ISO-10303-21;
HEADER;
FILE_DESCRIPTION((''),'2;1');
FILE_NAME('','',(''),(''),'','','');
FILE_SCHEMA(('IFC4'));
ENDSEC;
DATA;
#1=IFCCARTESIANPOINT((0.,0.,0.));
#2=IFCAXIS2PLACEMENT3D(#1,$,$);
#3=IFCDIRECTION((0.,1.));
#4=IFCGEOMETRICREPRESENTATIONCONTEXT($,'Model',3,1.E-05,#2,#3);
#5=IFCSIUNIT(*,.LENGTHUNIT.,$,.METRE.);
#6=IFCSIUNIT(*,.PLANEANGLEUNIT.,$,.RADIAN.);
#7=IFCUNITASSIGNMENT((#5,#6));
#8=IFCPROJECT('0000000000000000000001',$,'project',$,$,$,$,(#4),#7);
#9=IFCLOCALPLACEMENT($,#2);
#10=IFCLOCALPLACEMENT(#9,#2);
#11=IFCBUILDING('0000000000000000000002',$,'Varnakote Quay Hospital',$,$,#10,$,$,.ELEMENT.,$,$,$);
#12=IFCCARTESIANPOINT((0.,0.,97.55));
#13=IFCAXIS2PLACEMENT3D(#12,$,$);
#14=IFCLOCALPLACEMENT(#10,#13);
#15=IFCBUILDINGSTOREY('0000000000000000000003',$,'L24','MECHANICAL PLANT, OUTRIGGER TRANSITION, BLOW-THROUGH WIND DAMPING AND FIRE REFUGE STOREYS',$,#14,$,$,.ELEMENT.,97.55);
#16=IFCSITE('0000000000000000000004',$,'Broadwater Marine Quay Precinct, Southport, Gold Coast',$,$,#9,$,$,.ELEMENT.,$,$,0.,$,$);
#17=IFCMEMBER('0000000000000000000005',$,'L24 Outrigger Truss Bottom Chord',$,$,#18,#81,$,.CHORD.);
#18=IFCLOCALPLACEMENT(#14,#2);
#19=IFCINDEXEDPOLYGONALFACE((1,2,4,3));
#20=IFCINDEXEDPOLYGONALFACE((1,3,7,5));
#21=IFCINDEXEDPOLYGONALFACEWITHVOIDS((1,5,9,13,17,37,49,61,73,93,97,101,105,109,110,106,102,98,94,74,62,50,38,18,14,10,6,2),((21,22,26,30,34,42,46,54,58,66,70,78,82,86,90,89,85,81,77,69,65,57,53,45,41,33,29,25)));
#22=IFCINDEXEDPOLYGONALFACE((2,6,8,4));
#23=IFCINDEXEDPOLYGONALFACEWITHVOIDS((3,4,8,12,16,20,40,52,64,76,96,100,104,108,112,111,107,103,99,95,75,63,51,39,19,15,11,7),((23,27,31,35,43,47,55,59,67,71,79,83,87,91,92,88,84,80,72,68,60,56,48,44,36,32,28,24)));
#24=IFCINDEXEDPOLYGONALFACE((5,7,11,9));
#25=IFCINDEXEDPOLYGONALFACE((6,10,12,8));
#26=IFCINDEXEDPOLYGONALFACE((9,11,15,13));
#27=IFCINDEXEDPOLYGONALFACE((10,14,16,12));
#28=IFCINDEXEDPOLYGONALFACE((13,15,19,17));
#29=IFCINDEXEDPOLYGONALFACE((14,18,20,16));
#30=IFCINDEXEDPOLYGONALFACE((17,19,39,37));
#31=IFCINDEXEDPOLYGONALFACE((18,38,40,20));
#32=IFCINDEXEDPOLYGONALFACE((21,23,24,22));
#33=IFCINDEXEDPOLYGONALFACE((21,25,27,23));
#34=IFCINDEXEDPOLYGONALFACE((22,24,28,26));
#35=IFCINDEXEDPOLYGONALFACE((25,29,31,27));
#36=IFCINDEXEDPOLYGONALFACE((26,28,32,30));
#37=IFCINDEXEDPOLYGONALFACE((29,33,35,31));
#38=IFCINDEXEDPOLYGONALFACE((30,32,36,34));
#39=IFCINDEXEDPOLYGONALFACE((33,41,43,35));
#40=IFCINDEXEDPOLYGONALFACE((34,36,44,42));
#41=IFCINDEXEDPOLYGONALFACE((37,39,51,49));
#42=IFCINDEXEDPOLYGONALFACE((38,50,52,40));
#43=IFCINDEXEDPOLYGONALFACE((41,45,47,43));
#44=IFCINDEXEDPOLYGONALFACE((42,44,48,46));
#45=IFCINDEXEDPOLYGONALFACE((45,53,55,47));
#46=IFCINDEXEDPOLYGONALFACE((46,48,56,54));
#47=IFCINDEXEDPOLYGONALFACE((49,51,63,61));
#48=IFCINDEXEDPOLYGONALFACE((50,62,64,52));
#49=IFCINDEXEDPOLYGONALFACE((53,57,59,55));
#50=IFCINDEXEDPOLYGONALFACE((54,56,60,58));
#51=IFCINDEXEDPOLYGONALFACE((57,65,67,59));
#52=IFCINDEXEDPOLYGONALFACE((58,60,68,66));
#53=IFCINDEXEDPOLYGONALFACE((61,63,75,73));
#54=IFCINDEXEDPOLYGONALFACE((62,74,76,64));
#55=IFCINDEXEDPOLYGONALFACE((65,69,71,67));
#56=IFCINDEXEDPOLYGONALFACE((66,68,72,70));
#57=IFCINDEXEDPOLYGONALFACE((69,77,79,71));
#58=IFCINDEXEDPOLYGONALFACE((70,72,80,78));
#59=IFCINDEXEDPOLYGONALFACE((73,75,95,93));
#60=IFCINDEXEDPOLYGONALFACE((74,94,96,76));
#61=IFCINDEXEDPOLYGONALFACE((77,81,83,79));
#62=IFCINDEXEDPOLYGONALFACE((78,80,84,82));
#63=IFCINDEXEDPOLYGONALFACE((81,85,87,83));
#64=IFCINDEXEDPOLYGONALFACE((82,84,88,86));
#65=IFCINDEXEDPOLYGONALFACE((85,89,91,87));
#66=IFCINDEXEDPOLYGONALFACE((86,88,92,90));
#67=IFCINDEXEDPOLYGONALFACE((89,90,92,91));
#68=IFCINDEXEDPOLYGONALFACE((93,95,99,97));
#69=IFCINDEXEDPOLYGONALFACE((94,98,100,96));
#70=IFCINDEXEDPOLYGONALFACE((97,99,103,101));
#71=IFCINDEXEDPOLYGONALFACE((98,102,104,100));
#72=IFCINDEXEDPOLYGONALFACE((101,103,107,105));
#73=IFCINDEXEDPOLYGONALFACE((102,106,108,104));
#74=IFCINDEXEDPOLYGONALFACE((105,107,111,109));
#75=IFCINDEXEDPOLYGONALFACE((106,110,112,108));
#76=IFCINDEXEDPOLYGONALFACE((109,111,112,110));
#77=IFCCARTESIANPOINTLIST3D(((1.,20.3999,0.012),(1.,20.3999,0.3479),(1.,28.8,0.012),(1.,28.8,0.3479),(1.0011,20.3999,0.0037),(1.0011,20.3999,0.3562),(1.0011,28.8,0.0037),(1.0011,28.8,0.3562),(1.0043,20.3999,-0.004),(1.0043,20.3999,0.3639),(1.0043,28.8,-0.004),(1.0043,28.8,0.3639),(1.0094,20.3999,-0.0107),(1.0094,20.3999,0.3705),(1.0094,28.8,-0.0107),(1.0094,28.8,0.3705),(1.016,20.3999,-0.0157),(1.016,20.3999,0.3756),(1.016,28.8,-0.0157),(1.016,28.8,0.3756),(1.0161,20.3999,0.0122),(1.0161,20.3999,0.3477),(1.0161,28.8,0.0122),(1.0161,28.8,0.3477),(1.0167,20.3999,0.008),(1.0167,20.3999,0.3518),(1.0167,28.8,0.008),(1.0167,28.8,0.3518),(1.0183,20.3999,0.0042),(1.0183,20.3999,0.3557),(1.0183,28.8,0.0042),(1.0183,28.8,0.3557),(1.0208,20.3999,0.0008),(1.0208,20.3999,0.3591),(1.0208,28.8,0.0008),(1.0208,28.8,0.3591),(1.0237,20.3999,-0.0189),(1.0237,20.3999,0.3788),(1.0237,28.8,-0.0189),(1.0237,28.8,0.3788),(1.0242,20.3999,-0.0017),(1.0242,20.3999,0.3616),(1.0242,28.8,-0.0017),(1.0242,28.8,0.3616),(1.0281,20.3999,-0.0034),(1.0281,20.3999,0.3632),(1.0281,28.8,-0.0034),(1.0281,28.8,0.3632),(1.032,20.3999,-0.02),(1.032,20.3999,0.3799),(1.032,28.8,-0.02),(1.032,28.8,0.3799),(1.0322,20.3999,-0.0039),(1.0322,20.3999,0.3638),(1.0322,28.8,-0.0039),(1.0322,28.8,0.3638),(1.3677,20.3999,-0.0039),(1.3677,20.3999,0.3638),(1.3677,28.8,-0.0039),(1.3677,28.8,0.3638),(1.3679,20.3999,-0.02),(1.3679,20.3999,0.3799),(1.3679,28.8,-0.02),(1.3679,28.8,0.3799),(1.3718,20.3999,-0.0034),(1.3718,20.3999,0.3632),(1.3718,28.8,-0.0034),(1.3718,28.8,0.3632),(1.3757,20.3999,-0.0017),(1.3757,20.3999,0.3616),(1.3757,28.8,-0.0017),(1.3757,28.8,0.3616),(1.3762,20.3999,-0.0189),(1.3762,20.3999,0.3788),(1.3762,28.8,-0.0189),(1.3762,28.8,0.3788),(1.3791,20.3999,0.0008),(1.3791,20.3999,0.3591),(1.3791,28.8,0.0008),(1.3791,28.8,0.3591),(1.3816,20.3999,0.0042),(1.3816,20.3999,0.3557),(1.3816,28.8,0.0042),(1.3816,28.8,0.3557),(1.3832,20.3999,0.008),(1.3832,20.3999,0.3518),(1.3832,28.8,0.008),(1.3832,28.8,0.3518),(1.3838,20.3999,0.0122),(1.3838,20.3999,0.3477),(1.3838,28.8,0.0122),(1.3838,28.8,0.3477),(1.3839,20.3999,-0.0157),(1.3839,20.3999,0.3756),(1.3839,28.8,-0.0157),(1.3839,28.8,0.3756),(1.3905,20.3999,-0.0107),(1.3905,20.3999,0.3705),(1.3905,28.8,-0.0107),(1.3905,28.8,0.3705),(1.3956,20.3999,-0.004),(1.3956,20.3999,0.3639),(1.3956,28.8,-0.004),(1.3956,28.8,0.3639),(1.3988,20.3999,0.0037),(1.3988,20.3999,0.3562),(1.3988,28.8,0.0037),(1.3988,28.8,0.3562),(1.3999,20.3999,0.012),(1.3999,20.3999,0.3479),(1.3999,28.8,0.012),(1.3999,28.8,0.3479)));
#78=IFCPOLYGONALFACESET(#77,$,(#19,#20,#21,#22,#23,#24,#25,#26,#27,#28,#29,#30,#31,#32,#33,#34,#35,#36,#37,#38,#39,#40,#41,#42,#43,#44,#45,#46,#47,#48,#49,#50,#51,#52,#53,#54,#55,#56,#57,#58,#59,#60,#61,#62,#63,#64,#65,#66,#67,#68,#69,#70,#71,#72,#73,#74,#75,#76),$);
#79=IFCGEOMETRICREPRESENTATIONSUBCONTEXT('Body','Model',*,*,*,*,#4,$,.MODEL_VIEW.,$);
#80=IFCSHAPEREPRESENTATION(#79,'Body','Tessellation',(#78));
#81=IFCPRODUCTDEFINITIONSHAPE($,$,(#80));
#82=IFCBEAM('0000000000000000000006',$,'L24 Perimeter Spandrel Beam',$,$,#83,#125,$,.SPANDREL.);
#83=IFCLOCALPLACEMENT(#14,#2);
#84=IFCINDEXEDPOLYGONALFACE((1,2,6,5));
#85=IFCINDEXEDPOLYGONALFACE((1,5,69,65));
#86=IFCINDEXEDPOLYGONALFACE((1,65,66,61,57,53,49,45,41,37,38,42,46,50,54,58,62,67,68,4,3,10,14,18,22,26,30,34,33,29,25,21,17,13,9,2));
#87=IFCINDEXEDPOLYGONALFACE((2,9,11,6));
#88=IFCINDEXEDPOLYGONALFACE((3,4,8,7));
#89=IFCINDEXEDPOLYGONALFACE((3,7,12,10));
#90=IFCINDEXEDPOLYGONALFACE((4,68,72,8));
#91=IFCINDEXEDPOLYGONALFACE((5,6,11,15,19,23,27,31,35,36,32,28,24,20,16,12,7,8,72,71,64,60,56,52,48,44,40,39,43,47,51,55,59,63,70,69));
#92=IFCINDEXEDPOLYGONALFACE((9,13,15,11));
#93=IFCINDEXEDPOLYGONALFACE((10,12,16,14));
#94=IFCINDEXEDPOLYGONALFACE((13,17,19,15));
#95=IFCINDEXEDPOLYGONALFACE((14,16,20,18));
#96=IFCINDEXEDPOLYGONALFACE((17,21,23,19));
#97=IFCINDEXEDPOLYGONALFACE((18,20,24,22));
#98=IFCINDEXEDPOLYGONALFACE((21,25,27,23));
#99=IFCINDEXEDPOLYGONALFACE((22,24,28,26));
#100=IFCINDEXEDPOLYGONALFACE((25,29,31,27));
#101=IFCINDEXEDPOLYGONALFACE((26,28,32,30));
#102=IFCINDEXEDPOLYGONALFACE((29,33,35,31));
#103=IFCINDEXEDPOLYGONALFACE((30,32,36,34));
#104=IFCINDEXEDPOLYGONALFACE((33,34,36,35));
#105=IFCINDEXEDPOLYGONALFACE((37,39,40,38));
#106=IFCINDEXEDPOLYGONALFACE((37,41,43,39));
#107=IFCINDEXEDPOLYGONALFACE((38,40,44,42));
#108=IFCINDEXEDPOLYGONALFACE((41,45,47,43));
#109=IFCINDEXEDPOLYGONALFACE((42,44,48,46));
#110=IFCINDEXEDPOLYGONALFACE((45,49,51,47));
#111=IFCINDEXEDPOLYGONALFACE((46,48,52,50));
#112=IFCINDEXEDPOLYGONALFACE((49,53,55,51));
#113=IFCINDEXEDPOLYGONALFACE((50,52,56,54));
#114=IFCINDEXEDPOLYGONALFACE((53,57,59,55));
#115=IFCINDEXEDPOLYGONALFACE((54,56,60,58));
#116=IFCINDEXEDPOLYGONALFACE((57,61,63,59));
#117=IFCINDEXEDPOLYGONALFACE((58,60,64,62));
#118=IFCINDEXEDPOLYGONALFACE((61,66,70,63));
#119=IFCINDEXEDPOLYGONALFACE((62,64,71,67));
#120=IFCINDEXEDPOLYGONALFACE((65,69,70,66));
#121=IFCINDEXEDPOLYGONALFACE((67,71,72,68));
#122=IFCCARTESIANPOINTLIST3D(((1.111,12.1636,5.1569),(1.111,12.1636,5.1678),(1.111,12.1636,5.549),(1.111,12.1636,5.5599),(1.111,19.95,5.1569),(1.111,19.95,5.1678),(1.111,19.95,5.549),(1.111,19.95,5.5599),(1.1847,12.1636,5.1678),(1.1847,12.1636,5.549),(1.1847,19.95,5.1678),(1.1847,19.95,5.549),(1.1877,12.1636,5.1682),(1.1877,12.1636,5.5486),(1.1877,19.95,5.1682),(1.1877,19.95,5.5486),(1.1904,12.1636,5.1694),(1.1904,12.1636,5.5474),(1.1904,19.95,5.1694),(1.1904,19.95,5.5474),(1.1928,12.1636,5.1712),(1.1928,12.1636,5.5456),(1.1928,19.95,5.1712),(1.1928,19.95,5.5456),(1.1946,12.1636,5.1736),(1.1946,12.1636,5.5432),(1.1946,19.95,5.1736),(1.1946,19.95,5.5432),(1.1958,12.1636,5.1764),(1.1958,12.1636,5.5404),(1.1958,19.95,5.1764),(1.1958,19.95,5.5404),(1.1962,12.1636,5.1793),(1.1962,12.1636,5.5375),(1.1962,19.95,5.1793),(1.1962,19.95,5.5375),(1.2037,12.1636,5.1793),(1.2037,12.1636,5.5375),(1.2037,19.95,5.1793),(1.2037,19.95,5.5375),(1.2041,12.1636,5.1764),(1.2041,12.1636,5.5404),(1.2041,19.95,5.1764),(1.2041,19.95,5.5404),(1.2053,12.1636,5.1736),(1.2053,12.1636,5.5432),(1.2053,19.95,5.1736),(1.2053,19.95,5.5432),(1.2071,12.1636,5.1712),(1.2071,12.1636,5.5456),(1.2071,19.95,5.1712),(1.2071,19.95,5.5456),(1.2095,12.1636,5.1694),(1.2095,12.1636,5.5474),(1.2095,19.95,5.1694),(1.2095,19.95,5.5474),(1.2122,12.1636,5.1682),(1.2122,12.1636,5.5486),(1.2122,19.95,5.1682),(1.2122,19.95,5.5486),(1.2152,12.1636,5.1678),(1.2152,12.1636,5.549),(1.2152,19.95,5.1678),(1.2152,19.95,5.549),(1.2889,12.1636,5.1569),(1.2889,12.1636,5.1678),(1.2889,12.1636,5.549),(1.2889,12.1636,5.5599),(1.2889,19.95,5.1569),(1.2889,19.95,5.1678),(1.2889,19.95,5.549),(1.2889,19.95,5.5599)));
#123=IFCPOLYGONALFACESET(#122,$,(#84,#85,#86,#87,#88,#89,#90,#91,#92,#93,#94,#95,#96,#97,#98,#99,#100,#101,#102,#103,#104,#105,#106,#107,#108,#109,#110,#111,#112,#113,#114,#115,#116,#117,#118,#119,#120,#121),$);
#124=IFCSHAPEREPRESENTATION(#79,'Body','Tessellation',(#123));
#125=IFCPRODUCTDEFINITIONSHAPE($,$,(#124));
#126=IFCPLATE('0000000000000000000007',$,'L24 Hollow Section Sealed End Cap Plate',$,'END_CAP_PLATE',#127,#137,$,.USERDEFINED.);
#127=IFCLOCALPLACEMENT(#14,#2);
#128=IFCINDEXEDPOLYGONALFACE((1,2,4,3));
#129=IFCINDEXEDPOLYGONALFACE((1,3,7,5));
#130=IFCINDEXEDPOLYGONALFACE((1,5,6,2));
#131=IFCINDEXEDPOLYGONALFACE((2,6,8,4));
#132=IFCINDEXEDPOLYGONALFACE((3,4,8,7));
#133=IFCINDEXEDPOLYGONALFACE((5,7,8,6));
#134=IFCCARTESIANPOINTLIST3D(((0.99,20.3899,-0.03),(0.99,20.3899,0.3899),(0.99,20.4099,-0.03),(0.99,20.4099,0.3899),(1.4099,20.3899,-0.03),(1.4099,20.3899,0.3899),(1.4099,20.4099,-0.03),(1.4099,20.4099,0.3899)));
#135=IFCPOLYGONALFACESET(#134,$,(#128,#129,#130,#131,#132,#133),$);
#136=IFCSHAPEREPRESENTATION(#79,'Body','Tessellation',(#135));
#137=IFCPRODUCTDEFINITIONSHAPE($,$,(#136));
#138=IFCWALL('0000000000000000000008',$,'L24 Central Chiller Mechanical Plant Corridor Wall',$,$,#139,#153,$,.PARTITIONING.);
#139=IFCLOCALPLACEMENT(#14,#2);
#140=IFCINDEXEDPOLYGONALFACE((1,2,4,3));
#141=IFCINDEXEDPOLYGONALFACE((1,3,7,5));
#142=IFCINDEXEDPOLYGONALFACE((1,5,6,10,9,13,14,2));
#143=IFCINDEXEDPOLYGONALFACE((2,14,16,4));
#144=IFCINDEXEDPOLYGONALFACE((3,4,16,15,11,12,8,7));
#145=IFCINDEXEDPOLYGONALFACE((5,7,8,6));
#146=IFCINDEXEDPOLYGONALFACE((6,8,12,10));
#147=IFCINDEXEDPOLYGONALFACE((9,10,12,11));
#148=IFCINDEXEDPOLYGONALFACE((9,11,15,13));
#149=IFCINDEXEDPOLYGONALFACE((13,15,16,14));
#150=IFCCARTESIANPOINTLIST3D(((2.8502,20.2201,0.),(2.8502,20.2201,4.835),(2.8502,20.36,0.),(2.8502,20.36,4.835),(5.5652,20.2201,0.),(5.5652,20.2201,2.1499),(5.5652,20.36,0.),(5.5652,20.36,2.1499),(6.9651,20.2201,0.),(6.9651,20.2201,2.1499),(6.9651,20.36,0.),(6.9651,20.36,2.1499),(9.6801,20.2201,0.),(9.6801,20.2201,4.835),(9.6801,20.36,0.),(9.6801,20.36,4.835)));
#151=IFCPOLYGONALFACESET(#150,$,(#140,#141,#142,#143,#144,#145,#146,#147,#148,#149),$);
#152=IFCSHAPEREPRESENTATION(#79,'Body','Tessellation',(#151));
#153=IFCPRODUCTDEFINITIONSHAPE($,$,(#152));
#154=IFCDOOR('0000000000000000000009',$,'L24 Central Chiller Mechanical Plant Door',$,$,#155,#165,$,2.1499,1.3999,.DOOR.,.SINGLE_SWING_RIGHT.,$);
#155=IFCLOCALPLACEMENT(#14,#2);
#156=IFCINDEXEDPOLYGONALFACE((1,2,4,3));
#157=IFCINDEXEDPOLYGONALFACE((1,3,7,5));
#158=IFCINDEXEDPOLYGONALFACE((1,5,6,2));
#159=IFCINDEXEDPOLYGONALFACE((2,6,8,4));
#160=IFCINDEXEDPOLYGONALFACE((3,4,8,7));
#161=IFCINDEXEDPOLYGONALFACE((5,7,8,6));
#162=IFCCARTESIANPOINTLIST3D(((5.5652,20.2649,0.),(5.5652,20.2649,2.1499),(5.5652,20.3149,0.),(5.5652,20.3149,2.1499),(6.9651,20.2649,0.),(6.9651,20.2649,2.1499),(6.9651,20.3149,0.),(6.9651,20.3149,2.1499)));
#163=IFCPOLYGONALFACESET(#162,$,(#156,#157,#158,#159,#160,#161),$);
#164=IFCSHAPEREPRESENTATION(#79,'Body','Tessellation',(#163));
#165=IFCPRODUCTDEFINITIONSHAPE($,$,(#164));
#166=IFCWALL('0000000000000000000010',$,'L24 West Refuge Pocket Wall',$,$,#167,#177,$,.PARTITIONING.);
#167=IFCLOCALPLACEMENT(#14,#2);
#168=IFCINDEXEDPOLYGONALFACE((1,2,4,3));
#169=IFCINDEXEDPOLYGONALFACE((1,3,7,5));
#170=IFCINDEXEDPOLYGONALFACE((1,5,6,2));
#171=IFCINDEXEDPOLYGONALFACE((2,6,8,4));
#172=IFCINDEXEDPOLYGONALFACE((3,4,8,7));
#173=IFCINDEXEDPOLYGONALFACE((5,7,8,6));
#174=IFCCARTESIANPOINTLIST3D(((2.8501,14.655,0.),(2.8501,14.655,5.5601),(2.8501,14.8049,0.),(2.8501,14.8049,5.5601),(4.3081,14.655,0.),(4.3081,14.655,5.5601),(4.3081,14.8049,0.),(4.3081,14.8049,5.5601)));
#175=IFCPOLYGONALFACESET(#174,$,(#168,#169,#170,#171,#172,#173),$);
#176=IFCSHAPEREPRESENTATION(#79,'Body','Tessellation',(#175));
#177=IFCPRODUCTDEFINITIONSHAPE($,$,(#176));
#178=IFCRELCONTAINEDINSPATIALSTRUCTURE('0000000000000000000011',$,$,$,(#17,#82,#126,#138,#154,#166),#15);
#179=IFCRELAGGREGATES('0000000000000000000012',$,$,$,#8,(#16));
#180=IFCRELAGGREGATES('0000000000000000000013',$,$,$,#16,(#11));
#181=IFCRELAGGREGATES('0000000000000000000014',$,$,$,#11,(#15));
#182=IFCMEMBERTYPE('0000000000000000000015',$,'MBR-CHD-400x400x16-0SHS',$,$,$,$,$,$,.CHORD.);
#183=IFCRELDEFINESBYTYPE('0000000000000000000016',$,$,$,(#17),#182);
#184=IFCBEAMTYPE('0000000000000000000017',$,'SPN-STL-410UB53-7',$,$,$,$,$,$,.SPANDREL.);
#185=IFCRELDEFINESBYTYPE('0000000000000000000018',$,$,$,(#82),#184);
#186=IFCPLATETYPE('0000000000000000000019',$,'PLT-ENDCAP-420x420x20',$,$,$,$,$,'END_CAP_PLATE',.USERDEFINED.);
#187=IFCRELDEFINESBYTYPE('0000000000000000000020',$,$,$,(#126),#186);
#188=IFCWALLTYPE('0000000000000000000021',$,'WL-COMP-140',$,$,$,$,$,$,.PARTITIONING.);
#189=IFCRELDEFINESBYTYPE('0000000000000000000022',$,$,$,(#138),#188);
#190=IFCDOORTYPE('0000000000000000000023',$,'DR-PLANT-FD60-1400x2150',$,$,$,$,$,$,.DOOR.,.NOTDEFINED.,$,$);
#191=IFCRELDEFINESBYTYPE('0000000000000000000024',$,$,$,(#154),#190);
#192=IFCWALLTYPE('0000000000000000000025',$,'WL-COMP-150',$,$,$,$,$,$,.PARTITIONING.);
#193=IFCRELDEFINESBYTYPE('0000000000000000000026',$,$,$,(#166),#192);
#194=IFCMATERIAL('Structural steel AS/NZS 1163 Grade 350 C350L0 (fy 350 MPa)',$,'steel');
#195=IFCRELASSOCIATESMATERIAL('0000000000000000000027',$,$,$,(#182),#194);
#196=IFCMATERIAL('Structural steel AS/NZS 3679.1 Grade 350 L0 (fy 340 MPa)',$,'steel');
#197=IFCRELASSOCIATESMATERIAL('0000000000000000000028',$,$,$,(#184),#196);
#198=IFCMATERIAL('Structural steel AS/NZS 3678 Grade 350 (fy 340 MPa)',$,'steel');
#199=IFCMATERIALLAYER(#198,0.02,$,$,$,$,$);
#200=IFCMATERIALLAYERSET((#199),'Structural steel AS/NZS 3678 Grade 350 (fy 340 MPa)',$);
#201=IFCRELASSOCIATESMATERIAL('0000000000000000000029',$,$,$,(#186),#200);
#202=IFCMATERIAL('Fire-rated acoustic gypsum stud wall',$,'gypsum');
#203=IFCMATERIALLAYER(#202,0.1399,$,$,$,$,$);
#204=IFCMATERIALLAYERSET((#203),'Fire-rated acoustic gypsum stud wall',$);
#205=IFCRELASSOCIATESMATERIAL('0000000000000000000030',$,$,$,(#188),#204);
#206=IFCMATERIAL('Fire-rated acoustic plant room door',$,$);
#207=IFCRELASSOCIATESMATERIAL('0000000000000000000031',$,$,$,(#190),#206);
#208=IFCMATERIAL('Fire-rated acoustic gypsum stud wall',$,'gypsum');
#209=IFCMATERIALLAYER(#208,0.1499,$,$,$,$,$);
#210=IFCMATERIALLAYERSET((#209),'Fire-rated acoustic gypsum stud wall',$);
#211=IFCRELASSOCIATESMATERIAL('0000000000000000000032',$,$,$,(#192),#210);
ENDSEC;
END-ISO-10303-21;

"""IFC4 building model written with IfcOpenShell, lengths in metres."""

from ifc_helpers import new_model, si_unit, direction, frame, frame_2d, origin, origin_2d, place, context, subcontext, project, spatial, rectangle, hollow_rectangle, i_section, extrude, material, layer, layer_set, material_profile, profile_set, type_object, element, fill, save


model = new_model("IFC4")

# Units and contexts
model_context = context("Model", 3, precision=1e-05, world=origin(), true_north=direction((0.0, 1.0)))
body_context = subcontext(model_context, "Body", "Model", "MODEL_VIEW")
ifc_project = project(units=[si_unit("LENGTHUNIT", "METRE"), si_unit("PLANEANGLEUNIT", "RADIAN")], contexts=[model_context])

# Site, building, storey
site_placement = place(None, origin())
site = spatial("IfcSite", under=ifc_project, at=site_placement, Name="Broadwater Marine Quay Precinct, Southport, Gold Coast", CompositionType="ELEMENT", RefElevation=0.0)
building_placement = place(site_placement, origin())
building = spatial("IfcBuilding", under=site, at=building_placement, Name="Varnakote Quay Hospital", CompositionType="ELEMENT")
storey_placement = place(building_placement, frame((0.0, 0.0, 97.55)))
storey = spatial("IfcBuildingStorey", under=building, at=storey_placement, Name="L24", Description="MECHANICAL PLANT, OUTRIGGER TRANSITION, BLOW-THROUGH WIND DAMPING AND FIRE REFUGE STOREYS", CompositionType="ELEMENT", Elevation=97.55)

# Member
ifc_material_1 = material(Name="Structural steel AS/NZS 1163 Grade 350 C350L0 (fy 350 MPa)", Category="steel")
ifc_material_profile_1 = material_profile(ifc_material_1, hollow_rectangle(XDim=0.3999, YDim=0.3999, WallThickness=0.0161, InnerFilletRadius=0.0161, OuterFilletRadius=0.032, at=origin_2d()), Name="400x400x16.0SHS")
ifc_profile_set_1 = profile_set([ifc_material_profile_1], Name="Structural steel AS/NZS 1163 Grade 350 C350L0 (fy 350 MPa)")
member_type_1 = type_object("IfcMemberType", Name="MBR-CHD-400x400x16-0SHS", PredefinedType="CHORD", material=ifc_profile_set_1)
member_1_placement = place(storey_placement, frame((1.2, 20.3999, 0.1799), z_axis=(0.0, 1.0, 0.0), x_axis=(-1.0, 0.0, 0.0)))
element("IfcMember", 1, at=member_1_placement, inside=storey, type_object=member_type_1, Name="L24 Outrigger Truss Bottom Chord", PredefinedType="CHORD", context=body_context, shape_type="SweptSolid", body=[
    extrude(hollow_rectangle(XDim=0.3999, YDim=0.3999, WallThickness=0.0161, InnerFilletRadius=0.0161, OuterFilletRadius=0.032, at=origin_2d()), origin(), (0.0, 0.0, 1.0), 8.4001),
])

# Beam
ifc_material_2 = material(Name="Structural steel AS/NZS 3679.1 Grade 350 L0 (fy 340 MPa)", Category="steel")
ifc_material_profile_2 = material_profile(ifc_material_2, i_section(OverallWidth=0.178, OverallDepth=0.4031, WebThickness=0.0076, FlangeThickness=0.011, FilletRadius=0.0115, at=origin_2d()), Name="410UB53.7")
ifc_profile_set_2 = profile_set([ifc_material_profile_2], Name="Structural steel AS/NZS 3679.1 Grade 350 L0 (fy 340 MPa)")
beam_type_1 = type_object("IfcBeamType", Name="SPN-STL-410UB53-7", PredefinedType="SPANDREL", material=ifc_profile_set_2)
beam_1_placement = place(storey_placement, frame((1.2, 12.1636, 5.3584), z_axis=(0.0, 1.0, 0.0), x_axis=(-1.0, 0.0, 0.0)))
element("IfcBeam", 2, at=beam_1_placement, inside=storey, type_object=beam_type_1, Name="L24 Perimeter Spandrel Beam", PredefinedType="SPANDREL", context=body_context, shape_type="SweptSolid", body=[
    extrude(i_section(OverallWidth=0.178, OverallDepth=0.4031, WebThickness=0.0076, FlangeThickness=0.011, FilletRadius=0.0115, at=origin_2d()), origin(), (0.0, 0.0, 1.0), 7.7864),
])

# Plate
ifc_material_3 = material(Name="Structural steel AS/NZS 3678 Grade 350 (fy 340 MPa)", Category="steel")
ifc_layer_1 = layer(ifc_material_3, 0.02)
ifc_layer_set_1 = layer_set([ifc_layer_1], Name="Structural steel AS/NZS 3678 Grade 350 (fy 340 MPa)")
plate_type = type_object("IfcPlateType", Name="PLT-ENDCAP-420x420x20", ElementType="END_CAP_PLATE", PredefinedType="USERDEFINED", material=ifc_layer_set_1)
plate_placement = place(storey_placement, frame((1.2, 20.3999, -0.03), z_axis=(0.0, 0.0, 1.0), x_axis=(0.0, 1.0, 0.0)))
element("IfcPlate", 3, at=plate_placement, inside=storey, type_object=plate_type, Name="L24 Hollow Section Sealed End Cap Plate", ObjectType="END_CAP_PLATE", PredefinedType="USERDEFINED", context=body_context, shape_type="SweptSolid", body=[
    extrude(rectangle(XDim=0.02, YDim=0.4199, at=origin_2d()), origin(), (0.0, 0.0, 1.0), 0.4199),
])

# Wall, opening, door
ifc_material_4 = material(Name="Fire-rated acoustic gypsum stud wall", Category="gypsum")
ifc_layer_2 = layer(ifc_material_4, 0.1399)
ifc_layer_set_2 = layer_set([ifc_layer_2], Name="Fire-rated acoustic gypsum stud wall")
wall_type_1 = type_object("IfcWallType", Name="WL-COMP-140", PredefinedType="PARTITIONING", material=ifc_layer_set_2)
wall_1_placement = place(storey_placement, frame((2.8501, 20.29, 0.0), z_axis=(0.0, 0.0, 1.0), x_axis=(1.0, 0.0, 0.0)))
wall_1 = element("IfcWall", 4, at=wall_1_placement, inside=storey, type_object=wall_type_1, Name="L24 Central Chiller Mechanical Plant Corridor Wall", PredefinedType="PARTITIONING", context=body_context, shape_type="SweptSolid", body=[
    extrude(rectangle(XDim=6.8298, YDim=0.1399, at=frame_2d((3.415, 0.0))), origin(), (0.0, 0.0, 1.0), 4.835),
])
opening_1_placement = place(wall_1_placement, frame((2.7151, 0.0, 0.0)))
opening_1 = element("IfcOpeningElement", 5, at=opening_1_placement, cuts=wall_1, PredefinedType="OPENING", context=body_context, shape_type="SweptSolid", body=[
    extrude(rectangle(XDim=1.3999, YDim=2.1499, at=frame_2d((0.7, 1.075))), frame((0.0, 0.0798, 0.0), z_axis=(0.0, -1.0, 0.0), x_axis=(1.0, 0.0, 0.0)), (0.0, 0.0, 1.0), 0.1599),
])
ifc_material_5 = material(Name="Fire-rated acoustic plant room door")
door_type_1 = type_object("IfcDoorType", Name="DR-PLANT-FD60-1400x2150", OperationType="NOTDEFINED", PredefinedType="DOOR", material=ifc_material_5)
door_1_placement = place(opening_1_placement, origin())
door_1 = element("IfcDoor", 6, at=door_1_placement, inside=storey, type_object=door_type_1, Name="L24 Central Chiller Mechanical Plant Door", OperationType="SINGLE_SWING_RIGHT", OverallHeight=2.1499, OverallWidth=1.3999, PredefinedType="DOOR", context=body_context, shape_type="SweptSolid", body=[
    extrude(rectangle(XDim=1.3999, YDim=2.1499, at=frame_2d((0.7, 1.075))), frame((0.0, 0.0249, 0.0), z_axis=(0.0, -1.0, 0.0), x_axis=(1.0, 0.0, 0.0)), (0.0, 0.0, 1.0), 0.05),
])
fill(opening_1, door_1)

# Wall
ifc_material_6 = material(Name="Fire-rated acoustic gypsum stud wall", Category="gypsum")
ifc_layer_3 = layer(ifc_material_6, 0.1499)
ifc_layer_set_3 = layer_set([ifc_layer_3], Name="Fire-rated acoustic gypsum stud wall")
wall_type_2 = type_object("IfcWallType", Name="WL-COMP-150", PredefinedType="PARTITIONING", material=ifc_layer_set_3)
wall_2_placement = place(storey_placement, frame((2.8501, 14.73, 0.0), z_axis=(0.0, 0.0, 1.0), x_axis=(1.0, 0.0, 0.0)))
element("IfcWall", 7, at=wall_2_placement, inside=storey, type_object=wall_type_2, Name="L24 West Refuge Pocket Wall", PredefinedType="PARTITIONING", context=body_context, shape_type="SweptSolid", body=[
    extrude(rectangle(XDim=1.458, YDim=0.1499, at=frame_2d((0.729, 0.0))), origin(), (0.0, 0.0, 1.0), 5.5601),
])

save(model, "model.ifc")
